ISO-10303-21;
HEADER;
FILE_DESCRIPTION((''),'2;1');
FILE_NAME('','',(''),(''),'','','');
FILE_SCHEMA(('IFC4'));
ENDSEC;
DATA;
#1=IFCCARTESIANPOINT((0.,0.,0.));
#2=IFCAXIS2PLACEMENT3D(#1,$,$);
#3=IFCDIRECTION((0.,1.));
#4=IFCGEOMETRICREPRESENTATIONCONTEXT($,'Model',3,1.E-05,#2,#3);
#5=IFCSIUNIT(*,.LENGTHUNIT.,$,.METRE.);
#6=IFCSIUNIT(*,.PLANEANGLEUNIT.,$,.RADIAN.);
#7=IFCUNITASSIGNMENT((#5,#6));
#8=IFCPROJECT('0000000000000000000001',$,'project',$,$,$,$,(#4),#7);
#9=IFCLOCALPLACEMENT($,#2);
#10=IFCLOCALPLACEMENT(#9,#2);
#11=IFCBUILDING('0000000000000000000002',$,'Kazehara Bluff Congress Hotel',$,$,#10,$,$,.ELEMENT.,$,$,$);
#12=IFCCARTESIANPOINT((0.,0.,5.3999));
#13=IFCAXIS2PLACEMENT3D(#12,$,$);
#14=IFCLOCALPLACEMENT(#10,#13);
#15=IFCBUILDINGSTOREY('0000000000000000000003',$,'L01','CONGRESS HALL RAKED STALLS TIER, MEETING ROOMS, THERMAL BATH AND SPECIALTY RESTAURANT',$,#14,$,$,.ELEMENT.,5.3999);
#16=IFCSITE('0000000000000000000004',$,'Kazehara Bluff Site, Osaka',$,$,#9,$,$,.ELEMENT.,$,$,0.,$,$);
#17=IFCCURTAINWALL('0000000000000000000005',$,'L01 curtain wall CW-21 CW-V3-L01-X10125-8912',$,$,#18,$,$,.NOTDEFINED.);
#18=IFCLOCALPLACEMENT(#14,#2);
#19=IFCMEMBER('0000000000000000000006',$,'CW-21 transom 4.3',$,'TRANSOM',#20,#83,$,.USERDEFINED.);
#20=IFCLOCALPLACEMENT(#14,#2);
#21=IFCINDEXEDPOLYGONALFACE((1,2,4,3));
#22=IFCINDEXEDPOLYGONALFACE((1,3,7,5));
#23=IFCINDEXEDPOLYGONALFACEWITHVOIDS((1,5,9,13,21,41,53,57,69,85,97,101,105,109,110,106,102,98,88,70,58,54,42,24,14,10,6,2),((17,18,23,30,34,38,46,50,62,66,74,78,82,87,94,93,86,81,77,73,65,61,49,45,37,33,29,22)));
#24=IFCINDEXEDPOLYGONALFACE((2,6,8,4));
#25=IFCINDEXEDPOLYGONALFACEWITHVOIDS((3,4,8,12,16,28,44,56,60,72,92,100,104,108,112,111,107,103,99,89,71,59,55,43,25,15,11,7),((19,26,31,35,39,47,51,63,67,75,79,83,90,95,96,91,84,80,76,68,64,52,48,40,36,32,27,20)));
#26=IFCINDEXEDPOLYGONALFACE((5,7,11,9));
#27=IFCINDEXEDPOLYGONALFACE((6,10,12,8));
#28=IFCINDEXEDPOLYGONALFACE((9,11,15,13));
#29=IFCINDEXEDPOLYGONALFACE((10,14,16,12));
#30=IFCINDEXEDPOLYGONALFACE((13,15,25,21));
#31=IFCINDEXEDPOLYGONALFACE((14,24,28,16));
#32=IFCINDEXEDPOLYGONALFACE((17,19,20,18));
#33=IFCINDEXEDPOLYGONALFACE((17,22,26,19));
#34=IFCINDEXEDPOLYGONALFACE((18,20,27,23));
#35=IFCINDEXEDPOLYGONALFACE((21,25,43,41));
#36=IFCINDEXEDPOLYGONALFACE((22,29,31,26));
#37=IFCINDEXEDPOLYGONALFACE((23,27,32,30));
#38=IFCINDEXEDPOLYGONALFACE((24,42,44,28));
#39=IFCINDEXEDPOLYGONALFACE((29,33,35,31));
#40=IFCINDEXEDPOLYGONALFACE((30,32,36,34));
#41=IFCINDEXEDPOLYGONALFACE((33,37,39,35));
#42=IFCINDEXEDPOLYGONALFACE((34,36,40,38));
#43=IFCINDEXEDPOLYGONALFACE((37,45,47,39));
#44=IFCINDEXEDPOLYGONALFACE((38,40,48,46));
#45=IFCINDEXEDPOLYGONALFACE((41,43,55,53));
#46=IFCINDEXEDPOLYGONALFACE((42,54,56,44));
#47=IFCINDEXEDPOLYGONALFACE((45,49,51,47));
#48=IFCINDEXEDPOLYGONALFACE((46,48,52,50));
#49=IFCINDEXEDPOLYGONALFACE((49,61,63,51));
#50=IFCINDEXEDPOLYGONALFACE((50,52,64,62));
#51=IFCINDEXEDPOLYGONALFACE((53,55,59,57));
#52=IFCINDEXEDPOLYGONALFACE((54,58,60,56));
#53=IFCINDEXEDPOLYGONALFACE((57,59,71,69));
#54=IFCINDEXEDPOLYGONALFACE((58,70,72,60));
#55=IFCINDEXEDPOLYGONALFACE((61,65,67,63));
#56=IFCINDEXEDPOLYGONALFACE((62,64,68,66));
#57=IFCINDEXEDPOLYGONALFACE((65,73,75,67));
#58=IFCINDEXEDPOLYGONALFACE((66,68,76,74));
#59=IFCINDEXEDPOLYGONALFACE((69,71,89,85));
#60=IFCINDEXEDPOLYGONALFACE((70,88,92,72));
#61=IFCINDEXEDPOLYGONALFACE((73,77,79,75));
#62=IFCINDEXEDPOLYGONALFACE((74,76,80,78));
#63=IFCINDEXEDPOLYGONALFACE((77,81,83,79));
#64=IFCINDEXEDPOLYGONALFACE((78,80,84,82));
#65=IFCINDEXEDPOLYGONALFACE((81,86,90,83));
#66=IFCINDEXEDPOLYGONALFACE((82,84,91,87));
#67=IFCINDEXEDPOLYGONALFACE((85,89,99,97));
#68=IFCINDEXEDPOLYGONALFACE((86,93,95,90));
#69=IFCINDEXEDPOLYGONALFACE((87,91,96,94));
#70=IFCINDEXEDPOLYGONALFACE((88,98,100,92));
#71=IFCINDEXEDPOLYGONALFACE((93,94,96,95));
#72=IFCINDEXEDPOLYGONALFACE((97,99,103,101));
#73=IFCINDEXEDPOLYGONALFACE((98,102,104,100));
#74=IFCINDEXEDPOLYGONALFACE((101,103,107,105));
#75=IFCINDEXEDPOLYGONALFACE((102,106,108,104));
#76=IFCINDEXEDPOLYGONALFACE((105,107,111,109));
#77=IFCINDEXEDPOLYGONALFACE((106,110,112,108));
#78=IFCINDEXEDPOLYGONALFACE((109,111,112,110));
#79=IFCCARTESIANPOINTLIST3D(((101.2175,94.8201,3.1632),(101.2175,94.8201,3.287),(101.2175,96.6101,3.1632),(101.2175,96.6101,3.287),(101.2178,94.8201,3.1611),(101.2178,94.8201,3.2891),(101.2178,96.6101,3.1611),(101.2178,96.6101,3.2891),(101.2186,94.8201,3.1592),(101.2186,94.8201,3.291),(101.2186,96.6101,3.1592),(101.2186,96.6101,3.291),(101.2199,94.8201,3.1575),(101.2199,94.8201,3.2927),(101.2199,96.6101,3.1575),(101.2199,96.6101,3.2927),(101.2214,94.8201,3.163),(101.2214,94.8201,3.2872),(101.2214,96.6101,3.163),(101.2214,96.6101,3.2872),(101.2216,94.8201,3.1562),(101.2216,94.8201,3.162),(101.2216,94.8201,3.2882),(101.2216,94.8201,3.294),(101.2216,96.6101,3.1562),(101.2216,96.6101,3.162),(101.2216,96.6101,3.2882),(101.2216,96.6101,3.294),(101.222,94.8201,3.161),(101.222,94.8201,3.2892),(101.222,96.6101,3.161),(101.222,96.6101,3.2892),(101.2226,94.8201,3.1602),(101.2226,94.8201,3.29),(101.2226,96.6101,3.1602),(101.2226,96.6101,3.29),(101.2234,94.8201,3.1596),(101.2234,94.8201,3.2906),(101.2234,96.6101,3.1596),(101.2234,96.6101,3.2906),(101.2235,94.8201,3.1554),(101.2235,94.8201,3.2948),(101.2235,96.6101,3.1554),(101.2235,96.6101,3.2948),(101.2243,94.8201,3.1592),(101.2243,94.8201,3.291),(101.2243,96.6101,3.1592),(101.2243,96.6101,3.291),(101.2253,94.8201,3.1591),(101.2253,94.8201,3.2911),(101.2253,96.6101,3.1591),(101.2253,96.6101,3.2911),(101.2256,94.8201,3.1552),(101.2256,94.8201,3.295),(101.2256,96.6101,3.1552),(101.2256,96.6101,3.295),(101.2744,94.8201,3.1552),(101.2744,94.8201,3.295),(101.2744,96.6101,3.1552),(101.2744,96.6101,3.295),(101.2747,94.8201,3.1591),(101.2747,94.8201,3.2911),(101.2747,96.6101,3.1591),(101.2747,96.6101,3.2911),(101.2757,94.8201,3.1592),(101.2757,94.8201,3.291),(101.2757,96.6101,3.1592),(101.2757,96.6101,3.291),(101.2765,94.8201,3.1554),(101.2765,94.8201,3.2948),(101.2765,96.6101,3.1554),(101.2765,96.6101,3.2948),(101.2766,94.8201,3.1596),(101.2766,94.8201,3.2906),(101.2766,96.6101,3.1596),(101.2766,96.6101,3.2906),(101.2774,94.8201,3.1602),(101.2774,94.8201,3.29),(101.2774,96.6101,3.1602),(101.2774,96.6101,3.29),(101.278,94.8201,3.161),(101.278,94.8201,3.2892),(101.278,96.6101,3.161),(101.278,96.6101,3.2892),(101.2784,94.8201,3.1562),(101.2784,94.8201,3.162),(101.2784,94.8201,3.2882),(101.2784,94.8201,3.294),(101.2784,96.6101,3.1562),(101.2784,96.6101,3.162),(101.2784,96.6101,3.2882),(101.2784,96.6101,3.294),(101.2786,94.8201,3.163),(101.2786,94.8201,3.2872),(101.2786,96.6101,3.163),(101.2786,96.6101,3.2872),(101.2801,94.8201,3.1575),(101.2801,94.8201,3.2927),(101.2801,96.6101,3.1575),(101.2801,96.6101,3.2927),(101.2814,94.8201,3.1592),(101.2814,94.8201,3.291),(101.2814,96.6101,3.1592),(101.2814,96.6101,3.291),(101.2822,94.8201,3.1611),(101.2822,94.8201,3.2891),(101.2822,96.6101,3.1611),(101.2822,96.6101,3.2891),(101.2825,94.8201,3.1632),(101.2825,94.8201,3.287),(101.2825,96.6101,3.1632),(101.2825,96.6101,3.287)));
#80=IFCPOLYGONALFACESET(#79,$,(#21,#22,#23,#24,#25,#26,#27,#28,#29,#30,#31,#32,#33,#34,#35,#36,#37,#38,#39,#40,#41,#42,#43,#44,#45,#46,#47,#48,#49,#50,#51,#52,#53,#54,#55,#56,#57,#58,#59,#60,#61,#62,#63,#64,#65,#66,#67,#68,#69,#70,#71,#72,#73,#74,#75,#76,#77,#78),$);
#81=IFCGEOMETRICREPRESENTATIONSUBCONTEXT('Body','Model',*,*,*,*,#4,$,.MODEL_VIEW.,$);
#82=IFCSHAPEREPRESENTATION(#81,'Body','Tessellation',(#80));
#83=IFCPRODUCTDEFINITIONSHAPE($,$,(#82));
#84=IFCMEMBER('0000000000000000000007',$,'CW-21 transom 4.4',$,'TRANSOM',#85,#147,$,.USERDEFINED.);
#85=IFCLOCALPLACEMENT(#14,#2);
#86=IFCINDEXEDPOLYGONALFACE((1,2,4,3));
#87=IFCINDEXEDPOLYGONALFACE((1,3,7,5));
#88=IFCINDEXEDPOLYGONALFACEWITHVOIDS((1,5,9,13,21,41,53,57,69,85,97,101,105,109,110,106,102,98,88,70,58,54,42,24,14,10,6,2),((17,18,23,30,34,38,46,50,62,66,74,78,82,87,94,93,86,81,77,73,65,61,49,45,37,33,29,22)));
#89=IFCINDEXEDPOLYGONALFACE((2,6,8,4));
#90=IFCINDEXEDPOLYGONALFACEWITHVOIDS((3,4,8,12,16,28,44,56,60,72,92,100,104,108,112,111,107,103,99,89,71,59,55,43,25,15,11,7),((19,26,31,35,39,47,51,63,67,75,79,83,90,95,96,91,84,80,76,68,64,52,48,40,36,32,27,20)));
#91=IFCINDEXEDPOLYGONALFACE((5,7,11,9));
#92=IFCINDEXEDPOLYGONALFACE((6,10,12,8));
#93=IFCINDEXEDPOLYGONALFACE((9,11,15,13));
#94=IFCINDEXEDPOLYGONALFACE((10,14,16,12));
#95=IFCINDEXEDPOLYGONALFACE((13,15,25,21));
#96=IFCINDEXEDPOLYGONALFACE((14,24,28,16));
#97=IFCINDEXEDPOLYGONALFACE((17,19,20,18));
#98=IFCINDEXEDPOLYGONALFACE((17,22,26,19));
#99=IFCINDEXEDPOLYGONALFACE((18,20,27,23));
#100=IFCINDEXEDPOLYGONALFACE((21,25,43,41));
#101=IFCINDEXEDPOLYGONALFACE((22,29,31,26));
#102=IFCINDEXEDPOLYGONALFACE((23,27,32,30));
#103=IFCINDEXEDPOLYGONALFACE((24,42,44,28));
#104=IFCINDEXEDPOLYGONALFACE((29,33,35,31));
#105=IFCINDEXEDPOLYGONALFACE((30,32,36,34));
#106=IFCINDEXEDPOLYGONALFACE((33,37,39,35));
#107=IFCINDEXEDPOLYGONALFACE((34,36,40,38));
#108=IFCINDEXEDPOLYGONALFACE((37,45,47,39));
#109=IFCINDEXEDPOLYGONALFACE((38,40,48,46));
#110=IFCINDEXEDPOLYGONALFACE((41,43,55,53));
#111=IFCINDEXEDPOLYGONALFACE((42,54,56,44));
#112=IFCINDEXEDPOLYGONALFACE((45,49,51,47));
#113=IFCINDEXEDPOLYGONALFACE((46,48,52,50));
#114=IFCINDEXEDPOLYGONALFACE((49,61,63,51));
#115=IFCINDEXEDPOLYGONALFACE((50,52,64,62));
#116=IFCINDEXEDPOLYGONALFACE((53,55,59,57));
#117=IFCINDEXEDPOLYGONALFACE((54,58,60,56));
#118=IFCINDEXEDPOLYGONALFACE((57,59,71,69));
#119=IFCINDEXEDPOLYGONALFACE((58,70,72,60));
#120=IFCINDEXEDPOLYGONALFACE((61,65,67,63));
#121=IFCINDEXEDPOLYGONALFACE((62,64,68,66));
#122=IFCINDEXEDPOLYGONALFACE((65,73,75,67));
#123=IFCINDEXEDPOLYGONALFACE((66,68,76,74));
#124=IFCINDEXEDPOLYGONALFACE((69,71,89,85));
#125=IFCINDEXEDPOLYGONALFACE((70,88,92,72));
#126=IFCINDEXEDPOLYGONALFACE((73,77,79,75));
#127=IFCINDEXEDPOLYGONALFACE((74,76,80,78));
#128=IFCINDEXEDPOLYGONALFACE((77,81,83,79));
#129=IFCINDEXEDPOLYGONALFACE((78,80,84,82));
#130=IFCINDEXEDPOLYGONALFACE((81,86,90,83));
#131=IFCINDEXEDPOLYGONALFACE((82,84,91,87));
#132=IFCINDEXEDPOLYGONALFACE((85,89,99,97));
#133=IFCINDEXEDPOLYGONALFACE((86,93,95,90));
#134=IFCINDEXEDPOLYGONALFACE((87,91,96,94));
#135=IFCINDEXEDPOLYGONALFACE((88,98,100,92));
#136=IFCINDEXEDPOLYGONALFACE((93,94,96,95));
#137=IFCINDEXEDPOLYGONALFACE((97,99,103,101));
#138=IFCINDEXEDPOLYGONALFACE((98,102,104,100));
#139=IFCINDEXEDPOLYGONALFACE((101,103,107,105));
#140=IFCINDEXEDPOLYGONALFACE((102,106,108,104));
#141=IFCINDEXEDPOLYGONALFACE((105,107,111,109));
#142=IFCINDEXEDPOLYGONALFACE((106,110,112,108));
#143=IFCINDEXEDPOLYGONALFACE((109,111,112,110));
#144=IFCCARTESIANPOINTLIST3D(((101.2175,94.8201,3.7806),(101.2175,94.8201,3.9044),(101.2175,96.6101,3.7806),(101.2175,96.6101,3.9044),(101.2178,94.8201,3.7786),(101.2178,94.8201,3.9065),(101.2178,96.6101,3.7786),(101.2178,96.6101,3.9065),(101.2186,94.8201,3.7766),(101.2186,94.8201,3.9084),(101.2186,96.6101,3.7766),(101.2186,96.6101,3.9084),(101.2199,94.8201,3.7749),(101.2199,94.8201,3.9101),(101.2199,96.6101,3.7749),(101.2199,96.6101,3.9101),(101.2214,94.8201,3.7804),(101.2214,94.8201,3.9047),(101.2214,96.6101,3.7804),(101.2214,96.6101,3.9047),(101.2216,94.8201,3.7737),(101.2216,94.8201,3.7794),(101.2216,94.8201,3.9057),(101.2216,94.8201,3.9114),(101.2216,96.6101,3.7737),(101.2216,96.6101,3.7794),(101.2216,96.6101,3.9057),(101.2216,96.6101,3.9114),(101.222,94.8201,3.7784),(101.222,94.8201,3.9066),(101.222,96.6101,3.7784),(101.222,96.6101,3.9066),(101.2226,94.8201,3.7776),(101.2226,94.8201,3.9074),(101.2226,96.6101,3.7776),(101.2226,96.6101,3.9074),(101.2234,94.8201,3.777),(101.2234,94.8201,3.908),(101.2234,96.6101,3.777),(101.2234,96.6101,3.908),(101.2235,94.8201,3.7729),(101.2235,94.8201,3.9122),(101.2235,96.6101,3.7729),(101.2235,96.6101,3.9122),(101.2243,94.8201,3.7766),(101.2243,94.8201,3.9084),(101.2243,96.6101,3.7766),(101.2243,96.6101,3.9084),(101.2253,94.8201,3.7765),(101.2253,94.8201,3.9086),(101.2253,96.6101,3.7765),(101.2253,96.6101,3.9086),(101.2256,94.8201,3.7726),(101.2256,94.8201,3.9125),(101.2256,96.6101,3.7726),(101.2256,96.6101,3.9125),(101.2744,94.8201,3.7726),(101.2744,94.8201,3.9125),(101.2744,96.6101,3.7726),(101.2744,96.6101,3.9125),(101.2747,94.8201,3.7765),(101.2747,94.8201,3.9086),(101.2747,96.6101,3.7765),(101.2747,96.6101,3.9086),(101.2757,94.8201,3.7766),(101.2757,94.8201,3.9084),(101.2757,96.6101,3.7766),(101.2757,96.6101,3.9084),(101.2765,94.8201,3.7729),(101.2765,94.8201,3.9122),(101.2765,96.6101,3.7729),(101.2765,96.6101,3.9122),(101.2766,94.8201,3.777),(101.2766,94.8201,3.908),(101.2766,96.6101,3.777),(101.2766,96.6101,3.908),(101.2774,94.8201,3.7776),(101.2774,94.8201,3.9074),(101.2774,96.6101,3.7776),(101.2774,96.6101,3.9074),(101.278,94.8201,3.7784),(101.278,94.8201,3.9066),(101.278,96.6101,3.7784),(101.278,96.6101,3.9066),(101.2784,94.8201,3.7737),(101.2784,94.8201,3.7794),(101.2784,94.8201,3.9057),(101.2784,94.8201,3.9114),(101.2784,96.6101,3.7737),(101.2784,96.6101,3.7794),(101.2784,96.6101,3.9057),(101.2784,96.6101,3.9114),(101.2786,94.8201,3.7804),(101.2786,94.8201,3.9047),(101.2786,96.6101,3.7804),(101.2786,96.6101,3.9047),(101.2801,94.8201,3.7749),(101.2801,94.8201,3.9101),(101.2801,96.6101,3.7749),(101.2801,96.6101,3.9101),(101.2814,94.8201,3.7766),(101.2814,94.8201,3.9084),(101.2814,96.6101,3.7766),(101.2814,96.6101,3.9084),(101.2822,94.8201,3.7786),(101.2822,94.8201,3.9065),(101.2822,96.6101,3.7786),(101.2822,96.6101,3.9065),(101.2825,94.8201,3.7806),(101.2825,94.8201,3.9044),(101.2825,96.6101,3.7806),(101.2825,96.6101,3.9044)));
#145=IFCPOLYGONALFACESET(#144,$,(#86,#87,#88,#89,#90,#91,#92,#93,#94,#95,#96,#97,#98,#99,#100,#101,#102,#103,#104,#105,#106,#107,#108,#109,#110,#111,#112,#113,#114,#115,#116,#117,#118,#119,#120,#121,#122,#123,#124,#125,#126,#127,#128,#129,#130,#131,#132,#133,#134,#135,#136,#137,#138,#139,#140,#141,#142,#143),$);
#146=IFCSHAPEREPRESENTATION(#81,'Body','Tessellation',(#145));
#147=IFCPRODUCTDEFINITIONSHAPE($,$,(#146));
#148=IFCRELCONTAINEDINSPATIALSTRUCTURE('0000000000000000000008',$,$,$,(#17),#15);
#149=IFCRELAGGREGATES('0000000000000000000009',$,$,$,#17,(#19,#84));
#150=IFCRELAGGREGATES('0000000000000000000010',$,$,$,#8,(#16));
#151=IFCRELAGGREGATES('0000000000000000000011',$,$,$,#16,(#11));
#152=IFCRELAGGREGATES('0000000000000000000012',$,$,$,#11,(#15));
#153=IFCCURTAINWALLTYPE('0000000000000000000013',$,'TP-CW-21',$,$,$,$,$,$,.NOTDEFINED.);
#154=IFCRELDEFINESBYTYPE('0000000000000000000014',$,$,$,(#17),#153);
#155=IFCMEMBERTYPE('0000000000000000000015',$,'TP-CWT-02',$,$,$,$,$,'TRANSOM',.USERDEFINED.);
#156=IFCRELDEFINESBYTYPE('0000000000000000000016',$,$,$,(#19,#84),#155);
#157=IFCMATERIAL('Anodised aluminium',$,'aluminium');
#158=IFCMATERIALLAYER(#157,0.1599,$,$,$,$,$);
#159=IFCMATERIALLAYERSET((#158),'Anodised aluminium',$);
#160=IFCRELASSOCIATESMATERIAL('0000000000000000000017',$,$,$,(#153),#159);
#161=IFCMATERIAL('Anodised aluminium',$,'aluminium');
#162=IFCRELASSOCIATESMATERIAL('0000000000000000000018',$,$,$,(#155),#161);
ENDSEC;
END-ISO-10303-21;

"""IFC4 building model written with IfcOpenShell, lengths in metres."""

from ifc_helpers import new_model, si_unit, direction, frame, origin, origin_2d, place, context, subcontext, project, spatial, hollow_rectangle, extrude, material, layer, layer_set, material_profile, profile_set, type_object, element, aggregate, save


model = new_model("IFC4")

# Units and contexts
model_context = context("Model", 3, precision=1e-05, world=origin(), true_north=direction((0.0, 1.0)))
body_context = subcontext(model_context, "Body", "Model", "MODEL_VIEW")
ifc_project = project(units=[si_unit("LENGTHUNIT", "METRE"), si_unit("PLANEANGLEUNIT", "RADIAN")], contexts=[model_context])

# Site, building, storey
site_placement = place(None, origin())
site = spatial("IfcSite", under=ifc_project, at=site_placement, Name="Kazehara Bluff Site, Osaka", CompositionType="ELEMENT", RefElevation=0.0)
building_placement = place(site_placement, origin())
building = spatial("IfcBuilding", under=site, at=building_placement, Name="Kazehara Bluff Congress Hotel", CompositionType="ELEMENT")
storey_placement = place(building_placement, frame((0.0, 0.0, 5.3999)))
storey = spatial("IfcBuildingStorey", under=building, at=storey_placement, Name="L01", Description="CONGRESS HALL RAKED STALLS TIER, MEETING ROOMS, THERMAL BATH AND SPECIALTY RESTAURANT", CompositionType="ELEMENT", Elevation=5.3999)

# Curtain wall
ifc_material_1 = material(Name="Anodised aluminium", Category="aluminium")
ifc_layer_1 = layer(ifc_material_1, 0.1599)
ifc_layer_set_1 = layer_set([ifc_layer_1], Name="Anodised aluminium")
curtain_wall_type_1 = type_object("IfcCurtainWallType", Name="TP-CW-21", PredefinedType="NOTDEFINED", material=ifc_layer_set_1)
curtain_wall_1_placement = place(storey_placement, origin())
curtain_wall_1 = element("IfcCurtainWall", 1, at=curtain_wall_1_placement, inside=storey, type_object=curtain_wall_type_1, Name="L01 curtain wall CW-21 CW-V3-L01-X10125-8912", PredefinedType="NOTDEFINED")

# Members
ifc_material_2 = material(Name="Anodised aluminium", Category="aluminium")
ifc_material_profile_1 = material_profile(ifc_material_2, hollow_rectangle(XDim=0.0649, YDim=0.1399, WallThickness=0.0039, InnerFilletRadius=0.0039, OuterFilletRadius=0.0081, at=origin_2d()))
ifc_profile_set_1 = profile_set([ifc_material_profile_1], Name="Anodised aluminium")
member_type_1 = type_object("IfcMemberType", Name="TP-CWT-02", ElementType="TRANSOM", PredefinedType="USERDEFINED", material=ifc_profile_set_1)
member_1_placement = place(storey_placement, frame((101.25, 94.8201, 3.2251), z_axis=(0.0, 1.0, 0.0), x_axis=(-1.0, 0.0, 0.0)))
member_1 = element("IfcMember", 2, at=member_1_placement, type_object=member_type_1, Name="CW-21 transom 4.3", ObjectType="TRANSOM", PredefinedType="USERDEFINED", context=body_context, shape_type="SweptSolid", body=[
    extrude(hollow_rectangle(XDim=0.0649, YDim=0.1399, WallThickness=0.0039, InnerFilletRadius=0.0039, OuterFilletRadius=0.0081, at=origin_2d()), origin(), (0.0, 0.0, 1.0), 1.79),
])
member_2_placement = place(storey_placement, frame((101.25, 94.8201, 3.8425), z_axis=(0.0, 1.0, 0.0), x_axis=(-1.0, 0.0, 0.0)))
member_2 = element("IfcMember", 3, at=member_2_placement, type_object=member_type_1, Name="CW-21 transom 4.4", ObjectType="TRANSOM", PredefinedType="USERDEFINED", context=body_context, shape_type="SweptSolid", body=[
    extrude(hollow_rectangle(XDim=0.0649, YDim=0.1399, WallThickness=0.0039, InnerFilletRadius=0.0039, OuterFilletRadius=0.0081, at=origin_2d()), origin(), (0.0, 0.0, 1.0), 1.79),
])

aggregate(curtain_wall_1, [member_1, member_2])

save(model, "model.ifc")
